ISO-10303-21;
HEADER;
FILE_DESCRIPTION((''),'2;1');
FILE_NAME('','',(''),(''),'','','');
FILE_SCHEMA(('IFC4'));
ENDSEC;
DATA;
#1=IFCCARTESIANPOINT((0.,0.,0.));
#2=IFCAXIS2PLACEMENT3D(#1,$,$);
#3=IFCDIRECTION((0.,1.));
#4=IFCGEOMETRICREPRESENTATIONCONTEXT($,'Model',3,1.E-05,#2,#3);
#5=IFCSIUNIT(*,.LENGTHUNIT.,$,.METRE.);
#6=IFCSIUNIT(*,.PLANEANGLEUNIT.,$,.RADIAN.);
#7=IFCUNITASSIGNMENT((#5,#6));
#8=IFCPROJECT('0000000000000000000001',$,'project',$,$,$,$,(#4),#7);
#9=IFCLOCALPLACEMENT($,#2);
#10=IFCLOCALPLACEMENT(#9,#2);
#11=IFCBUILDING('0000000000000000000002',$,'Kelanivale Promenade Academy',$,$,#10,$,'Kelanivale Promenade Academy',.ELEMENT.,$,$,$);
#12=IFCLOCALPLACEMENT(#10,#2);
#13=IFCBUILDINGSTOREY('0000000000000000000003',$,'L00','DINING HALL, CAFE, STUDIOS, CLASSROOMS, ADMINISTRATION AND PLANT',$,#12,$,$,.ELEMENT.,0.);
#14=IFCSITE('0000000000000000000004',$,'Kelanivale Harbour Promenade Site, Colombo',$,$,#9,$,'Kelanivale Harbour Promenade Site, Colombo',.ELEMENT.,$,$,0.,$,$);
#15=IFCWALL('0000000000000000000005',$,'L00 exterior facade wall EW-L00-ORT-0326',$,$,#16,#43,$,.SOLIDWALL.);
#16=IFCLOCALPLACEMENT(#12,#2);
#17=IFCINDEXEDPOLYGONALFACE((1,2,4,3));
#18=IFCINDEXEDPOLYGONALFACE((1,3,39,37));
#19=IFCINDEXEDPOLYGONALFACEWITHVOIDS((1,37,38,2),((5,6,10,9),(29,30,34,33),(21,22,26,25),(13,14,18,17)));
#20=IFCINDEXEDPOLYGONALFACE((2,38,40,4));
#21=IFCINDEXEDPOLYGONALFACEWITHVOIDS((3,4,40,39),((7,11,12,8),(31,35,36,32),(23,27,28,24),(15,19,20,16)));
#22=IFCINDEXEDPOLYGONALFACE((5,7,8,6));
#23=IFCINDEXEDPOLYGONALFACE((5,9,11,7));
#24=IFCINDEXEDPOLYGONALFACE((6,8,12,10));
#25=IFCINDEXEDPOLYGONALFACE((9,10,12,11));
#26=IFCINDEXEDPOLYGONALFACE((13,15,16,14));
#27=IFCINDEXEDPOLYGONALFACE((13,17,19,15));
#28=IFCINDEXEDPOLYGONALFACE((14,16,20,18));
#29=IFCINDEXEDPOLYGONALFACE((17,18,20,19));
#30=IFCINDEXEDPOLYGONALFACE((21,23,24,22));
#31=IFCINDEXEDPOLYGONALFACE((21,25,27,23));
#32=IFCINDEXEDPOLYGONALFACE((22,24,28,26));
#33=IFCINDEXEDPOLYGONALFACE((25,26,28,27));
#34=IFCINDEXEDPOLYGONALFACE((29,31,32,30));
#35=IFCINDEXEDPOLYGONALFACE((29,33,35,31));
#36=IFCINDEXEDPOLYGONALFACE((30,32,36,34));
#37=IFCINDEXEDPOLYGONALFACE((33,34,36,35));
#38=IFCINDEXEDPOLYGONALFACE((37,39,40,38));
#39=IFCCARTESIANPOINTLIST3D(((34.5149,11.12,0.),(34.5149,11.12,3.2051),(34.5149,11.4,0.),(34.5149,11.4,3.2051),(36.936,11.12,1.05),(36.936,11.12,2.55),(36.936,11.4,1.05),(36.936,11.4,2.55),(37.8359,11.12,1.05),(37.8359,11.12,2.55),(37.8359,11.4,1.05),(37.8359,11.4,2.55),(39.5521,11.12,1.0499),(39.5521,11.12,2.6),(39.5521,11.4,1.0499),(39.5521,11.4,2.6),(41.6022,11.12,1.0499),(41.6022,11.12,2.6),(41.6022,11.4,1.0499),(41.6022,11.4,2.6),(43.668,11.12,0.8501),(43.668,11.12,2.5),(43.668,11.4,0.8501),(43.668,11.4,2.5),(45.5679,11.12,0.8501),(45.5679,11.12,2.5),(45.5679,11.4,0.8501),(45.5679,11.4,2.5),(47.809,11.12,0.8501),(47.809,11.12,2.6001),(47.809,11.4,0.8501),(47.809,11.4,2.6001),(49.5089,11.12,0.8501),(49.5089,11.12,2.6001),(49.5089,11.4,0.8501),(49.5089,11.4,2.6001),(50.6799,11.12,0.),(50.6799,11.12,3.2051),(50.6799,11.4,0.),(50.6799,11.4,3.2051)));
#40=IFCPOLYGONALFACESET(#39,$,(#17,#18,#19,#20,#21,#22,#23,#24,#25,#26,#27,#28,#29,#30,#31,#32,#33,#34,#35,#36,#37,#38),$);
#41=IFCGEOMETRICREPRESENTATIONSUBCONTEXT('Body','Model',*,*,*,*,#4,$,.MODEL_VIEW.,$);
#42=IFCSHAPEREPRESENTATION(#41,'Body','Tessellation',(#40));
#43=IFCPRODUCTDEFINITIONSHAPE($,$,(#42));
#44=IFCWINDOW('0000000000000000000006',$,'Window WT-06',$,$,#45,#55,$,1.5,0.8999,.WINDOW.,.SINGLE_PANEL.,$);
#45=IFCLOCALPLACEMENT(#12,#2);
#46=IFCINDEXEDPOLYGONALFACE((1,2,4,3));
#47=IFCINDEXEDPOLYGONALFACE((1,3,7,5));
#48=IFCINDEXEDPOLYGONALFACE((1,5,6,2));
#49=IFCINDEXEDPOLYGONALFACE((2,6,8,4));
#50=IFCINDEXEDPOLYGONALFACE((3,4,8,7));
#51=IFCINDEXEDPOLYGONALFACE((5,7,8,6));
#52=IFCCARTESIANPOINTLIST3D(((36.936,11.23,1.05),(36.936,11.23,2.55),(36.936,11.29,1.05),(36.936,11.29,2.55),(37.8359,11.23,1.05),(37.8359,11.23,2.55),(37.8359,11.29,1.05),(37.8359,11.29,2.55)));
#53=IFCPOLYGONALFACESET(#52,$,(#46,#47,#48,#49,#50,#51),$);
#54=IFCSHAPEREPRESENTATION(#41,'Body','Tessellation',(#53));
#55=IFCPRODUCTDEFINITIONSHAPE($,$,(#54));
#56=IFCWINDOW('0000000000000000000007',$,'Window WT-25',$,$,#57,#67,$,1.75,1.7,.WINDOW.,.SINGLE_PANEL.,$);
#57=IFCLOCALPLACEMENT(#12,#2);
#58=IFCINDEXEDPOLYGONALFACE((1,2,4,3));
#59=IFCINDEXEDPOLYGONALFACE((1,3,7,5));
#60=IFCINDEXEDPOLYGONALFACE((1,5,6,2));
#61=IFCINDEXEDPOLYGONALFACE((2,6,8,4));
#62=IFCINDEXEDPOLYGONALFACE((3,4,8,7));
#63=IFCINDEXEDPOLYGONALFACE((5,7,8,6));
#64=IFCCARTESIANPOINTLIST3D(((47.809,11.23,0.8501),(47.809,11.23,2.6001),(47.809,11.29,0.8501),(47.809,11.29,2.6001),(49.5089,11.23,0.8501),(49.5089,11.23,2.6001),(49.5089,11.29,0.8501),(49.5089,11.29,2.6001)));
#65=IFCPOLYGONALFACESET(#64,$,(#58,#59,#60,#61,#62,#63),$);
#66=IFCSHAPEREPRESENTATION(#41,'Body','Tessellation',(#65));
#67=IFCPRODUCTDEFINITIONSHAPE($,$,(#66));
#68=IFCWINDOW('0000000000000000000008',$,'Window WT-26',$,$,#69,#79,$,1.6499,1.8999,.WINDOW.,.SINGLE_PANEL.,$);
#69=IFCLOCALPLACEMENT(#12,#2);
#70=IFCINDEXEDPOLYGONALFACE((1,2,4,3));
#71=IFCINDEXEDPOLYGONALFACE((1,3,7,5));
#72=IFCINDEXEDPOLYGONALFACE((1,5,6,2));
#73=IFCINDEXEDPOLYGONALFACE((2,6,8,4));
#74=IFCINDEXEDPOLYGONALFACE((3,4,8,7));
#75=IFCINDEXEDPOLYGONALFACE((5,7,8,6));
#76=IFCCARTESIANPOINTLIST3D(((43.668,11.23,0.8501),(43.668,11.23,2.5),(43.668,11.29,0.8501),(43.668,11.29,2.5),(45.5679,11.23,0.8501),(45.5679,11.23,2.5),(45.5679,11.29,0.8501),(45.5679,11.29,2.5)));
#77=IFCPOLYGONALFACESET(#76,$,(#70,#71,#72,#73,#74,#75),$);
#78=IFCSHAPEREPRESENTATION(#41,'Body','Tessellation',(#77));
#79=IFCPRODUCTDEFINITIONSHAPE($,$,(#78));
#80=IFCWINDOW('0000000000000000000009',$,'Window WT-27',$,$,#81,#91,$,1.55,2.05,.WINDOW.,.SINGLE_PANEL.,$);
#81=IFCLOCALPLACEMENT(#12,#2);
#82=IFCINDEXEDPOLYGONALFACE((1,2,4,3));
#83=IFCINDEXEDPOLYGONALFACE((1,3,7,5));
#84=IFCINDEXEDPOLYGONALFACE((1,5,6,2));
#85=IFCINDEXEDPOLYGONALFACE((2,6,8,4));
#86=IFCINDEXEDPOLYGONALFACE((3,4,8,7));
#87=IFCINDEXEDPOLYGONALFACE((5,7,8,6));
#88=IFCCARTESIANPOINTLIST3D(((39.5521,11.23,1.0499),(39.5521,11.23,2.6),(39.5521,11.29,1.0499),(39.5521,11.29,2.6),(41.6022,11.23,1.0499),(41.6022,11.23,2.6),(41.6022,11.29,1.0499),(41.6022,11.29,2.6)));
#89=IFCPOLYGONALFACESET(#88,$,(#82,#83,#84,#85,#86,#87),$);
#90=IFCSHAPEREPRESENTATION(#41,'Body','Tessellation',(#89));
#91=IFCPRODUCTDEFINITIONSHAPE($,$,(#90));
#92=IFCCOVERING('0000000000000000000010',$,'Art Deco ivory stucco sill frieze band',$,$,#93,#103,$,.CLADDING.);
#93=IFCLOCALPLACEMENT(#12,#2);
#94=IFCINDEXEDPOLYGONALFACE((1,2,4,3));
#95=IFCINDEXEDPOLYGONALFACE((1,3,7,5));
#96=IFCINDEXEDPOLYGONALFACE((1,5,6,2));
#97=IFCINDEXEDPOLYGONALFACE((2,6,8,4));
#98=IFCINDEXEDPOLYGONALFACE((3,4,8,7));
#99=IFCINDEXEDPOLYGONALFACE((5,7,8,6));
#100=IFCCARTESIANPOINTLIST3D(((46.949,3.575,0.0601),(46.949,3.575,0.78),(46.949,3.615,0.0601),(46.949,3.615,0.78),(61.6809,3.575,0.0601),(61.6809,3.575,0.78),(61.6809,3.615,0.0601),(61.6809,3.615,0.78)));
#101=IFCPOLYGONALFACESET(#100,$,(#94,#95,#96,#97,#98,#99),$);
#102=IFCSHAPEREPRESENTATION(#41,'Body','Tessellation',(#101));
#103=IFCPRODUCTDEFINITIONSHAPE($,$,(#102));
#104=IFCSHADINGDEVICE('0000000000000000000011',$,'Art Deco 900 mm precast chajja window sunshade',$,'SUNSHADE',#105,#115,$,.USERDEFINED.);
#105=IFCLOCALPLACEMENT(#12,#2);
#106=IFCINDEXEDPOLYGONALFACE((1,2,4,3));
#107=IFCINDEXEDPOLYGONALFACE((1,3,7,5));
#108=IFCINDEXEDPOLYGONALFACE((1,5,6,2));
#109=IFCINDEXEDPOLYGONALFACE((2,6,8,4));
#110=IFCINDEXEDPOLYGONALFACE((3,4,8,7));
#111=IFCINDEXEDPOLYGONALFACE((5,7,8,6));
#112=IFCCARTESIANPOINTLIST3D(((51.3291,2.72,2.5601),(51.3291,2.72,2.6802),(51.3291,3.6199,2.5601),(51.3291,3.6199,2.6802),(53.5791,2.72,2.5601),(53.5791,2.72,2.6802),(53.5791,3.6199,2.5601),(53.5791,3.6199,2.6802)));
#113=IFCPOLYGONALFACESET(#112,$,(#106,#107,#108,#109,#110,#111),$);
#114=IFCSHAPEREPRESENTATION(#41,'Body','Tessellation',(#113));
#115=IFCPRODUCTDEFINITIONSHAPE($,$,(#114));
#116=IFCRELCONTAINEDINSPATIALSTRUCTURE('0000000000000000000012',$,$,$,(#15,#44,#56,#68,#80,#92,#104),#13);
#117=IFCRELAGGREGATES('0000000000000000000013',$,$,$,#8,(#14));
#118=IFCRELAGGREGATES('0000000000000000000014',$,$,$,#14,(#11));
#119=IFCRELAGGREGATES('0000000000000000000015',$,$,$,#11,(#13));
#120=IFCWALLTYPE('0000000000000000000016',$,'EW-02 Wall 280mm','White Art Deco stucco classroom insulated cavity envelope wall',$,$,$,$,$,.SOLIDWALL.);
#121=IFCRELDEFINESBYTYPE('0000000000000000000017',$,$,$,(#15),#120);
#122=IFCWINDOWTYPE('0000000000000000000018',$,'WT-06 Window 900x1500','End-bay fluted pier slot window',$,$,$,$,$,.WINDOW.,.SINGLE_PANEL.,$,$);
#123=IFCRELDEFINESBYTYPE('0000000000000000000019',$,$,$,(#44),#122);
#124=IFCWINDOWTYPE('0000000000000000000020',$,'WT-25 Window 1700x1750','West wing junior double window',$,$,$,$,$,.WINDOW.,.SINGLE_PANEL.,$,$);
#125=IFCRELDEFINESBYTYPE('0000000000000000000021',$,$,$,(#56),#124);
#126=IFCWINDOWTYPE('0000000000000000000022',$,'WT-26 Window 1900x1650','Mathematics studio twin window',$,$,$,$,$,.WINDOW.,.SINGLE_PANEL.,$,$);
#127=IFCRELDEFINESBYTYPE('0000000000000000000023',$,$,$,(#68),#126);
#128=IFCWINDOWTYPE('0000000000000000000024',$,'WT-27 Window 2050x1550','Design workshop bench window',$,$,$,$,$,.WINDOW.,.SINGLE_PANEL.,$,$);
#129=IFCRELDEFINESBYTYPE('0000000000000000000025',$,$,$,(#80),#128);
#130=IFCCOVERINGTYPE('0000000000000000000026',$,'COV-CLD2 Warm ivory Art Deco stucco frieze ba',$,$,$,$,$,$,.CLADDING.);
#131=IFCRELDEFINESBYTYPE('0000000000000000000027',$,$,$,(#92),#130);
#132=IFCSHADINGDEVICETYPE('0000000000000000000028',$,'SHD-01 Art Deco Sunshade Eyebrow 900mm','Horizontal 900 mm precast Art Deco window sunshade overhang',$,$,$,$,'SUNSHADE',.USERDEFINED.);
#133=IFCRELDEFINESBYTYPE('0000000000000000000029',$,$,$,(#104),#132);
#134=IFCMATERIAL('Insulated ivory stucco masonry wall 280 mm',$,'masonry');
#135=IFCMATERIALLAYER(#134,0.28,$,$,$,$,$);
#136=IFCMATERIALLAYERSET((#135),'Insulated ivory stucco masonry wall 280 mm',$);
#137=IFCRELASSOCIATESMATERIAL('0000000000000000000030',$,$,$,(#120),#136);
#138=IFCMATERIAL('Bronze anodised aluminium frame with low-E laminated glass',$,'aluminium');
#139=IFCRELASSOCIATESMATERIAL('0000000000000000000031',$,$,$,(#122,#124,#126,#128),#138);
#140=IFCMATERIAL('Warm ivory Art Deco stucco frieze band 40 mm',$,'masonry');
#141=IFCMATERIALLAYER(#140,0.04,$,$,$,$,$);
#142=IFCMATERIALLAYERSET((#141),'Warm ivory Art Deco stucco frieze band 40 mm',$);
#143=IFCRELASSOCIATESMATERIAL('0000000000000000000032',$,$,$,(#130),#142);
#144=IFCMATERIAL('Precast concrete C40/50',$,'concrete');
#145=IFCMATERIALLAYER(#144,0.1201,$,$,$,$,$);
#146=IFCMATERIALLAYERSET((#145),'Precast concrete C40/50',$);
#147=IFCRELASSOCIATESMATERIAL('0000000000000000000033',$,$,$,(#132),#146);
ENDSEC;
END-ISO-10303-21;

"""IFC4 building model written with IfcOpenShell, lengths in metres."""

from ifc_helpers import new_model, si_unit, direction, frame, frame_2d, origin, origin_2d, place, context, subcontext, project, spatial, rectangle, extrude, material, layer, layer_set, type_object, element, fill, save


model = new_model("IFC4")

# Units and contexts
model_context = context("Model", 3, precision=1e-05, world=origin(), true_north=direction((0.0, 1.0)))
body_context = subcontext(model_context, "Body", "Model", "MODEL_VIEW")
ifc_project = project(units=[si_unit("LENGTHUNIT", "METRE"), si_unit("PLANEANGLEUNIT", "RADIAN")], contexts=[model_context])

# Site, building, storey
site_placement = place(None, origin())
site = spatial("IfcSite", under=ifc_project, at=site_placement, Name="Kelanivale Harbour Promenade Site, Colombo", LongName="Kelanivale Harbour Promenade Site, Colombo", CompositionType="ELEMENT", RefElevation=0.0)
building_placement = place(site_placement, origin())
building = spatial("IfcBuilding", under=site, at=building_placement, Name="Kelanivale Promenade Academy", LongName="Kelanivale Promenade Academy", CompositionType="ELEMENT")
storey_placement = place(building_placement, origin())
storey = spatial("IfcBuildingStorey", under=building, at=storey_placement, Name="L00", Description="DINING HALL, CAFE, STUDIOS, CLASSROOMS, ADMINISTRATION AND PLANT", CompositionType="ELEMENT", Elevation=0.0)

# Wall, openings, windows
ifc_material_1 = material(Name="Insulated ivory stucco masonry wall 280 mm", Category="masonry")
ifc_layer_1 = layer(ifc_material_1, 0.28)
ifc_layer_set_1 = layer_set([ifc_layer_1], Name="Insulated ivory stucco masonry wall 280 mm")
wall_type = type_object("IfcWallType", Name="EW-02 Wall 280mm", Description="White Art Deco stucco classroom insulated cavity envelope wall", PredefinedType="SOLIDWALL", material=ifc_layer_set_1)
wall_placement = place(storey_placement, frame((50.6799, 11.26, 0.0), z_axis=(0.0, 0.0, 1.0), x_axis=(-1.0, 0.0, 0.0)))
wall = element("IfcWall", 1, at=wall_placement, inside=storey, type_object=wall_type, Name="L00 exterior facade wall EW-L00-ORT-0326", PredefinedType="SOLIDWALL", context=body_context, shape_type="SweptSolid", body=[
    extrude(rectangle(XDim=16.165, YDim=0.28, at=frame_2d((8.0825, 0.0))), origin(), (0.0, 0.0, 1.0), 3.2051),
])
opening_1_placement = place(wall_placement, frame((1.1709, 0.0, 0.8501)))
opening_1 = element("IfcOpeningElement", 2, at=opening_1_placement, cuts=wall, PredefinedType="OPENING", context=body_context, shape_type="SweptSolid", body=[
    extrude(rectangle(XDim=1.7, YDim=1.75, at=frame_2d((0.8501, 0.875))), frame((0.0, 0.1499, 0.0), z_axis=(0.0, -1.0, 0.0), x_axis=(1.0, 0.0, 0.0)), (0.0, 0.0, 1.0), 0.3),
])
opening_2_placement = place(wall_placement, frame((5.1121, 0.0, 0.8501)))
opening_2 = element("IfcOpeningElement", 3, at=opening_2_placement, cuts=wall, PredefinedType="OPENING", context=body_context, shape_type="SweptSolid", body=[
    extrude(rectangle(XDim=1.8999, YDim=1.6499, at=frame_2d((0.95, 0.825))), frame((0.0, 0.1499, 0.0), z_axis=(0.0, -1.0, 0.0), x_axis=(1.0, 0.0, 0.0)), (0.0, 0.0, 1.0), 0.3),
])
opening_3_placement = place(wall_placement, frame((9.0779, 0.0, 1.05)))
opening_3 = element("IfcOpeningElement", 4, at=opening_3_placement, cuts=wall, PredefinedType="OPENING", context=body_context, shape_type="SweptSolid", body=[
    extrude(rectangle(XDim=2.05, YDim=1.55, at=frame_2d((1.0249, 0.7749))), frame((0.0, 0.1499, 0.0), z_axis=(0.0, -1.0, 0.0), x_axis=(1.0, 0.0, 0.0)), (0.0, 0.0, 1.0), 0.3),
])
opening_4_placement = place(wall_placement, frame((12.844, 0.0, 1.05)))
opening_4 = element("IfcOpeningElement", 5, at=opening_4_placement, cuts=wall, PredefinedType="OPENING", context=body_context, shape_type="SweptSolid", body=[
    extrude(rectangle(XDim=0.8999, YDim=1.5, at=frame_2d((0.45, 0.75))), frame((0.0, 0.1499, 0.0), z_axis=(0.0, -1.0, 0.0), x_axis=(1.0, 0.0, 0.0)), (0.0, 0.0, 1.0), 0.3),
])
ifc_material_2 = material(Name="Bronze anodised aluminium frame with low-E laminated glass", Category="aluminium")
window_type_1 = type_object("IfcWindowType", Name="WT-06 Window 900x1500", Description="End-bay fluted pier slot window", PartitioningType="SINGLE_PANEL", PredefinedType="WINDOW", material=ifc_material_2)
window_1_placement = place(opening_4_placement, origin())
window_1 = element("IfcWindow", 6, at=window_1_placement, inside=storey, type_object=window_type_1, Name="Window WT-06", OverallHeight=1.5, OverallWidth=0.8999, PartitioningType="SINGLE_PANEL", PredefinedType="WINDOW", context=body_context, shape_type="SweptSolid", body=[
    extrude(rectangle(XDim=0.8999, YDim=1.5, at=frame_2d((0.45, 0.75))), frame((0.0, 0.03, 0.0), z_axis=(0.0, -1.0, 0.0), x_axis=(1.0, 0.0, 0.0)), (0.0, 0.0, 1.0), 0.0601),
])
fill(opening_4, window_1)
window_type_2 = type_object("IfcWindowType", Name="WT-25 Window 1700x1750", Description="West wing junior double window", PartitioningType="SINGLE_PANEL", PredefinedType="WINDOW", material=ifc_material_2)
window_2_placement = place(opening_1_placement, origin())
window_2 = element("IfcWindow", 7, at=window_2_placement, inside=storey, type_object=window_type_2, Name="Window WT-25", OverallHeight=1.75, OverallWidth=1.7, PartitioningType="SINGLE_PANEL", PredefinedType="WINDOW", context=body_context, shape_type="SweptSolid", body=[
    extrude(rectangle(XDim=1.7, YDim=1.75, at=frame_2d((0.8501, 0.875))), frame((0.0, 0.03, 0.0), z_axis=(0.0, -1.0, 0.0), x_axis=(1.0, 0.0, 0.0)), (0.0, 0.0, 1.0), 0.0601),
])
fill(opening_1, window_2)
window_type_3 = type_object("IfcWindowType", Name="WT-26 Window 1900x1650", Description="Mathematics studio twin window", PartitioningType="SINGLE_PANEL", PredefinedType="WINDOW", material=ifc_material_2)
window_3_placement = place(opening_2_placement, origin())
window_3 = element("IfcWindow", 8, at=window_3_placement, inside=storey, type_object=window_type_3, Name="Window WT-26", OverallHeight=1.6499, OverallWidth=1.8999, PartitioningType="SINGLE_PANEL", PredefinedType="WINDOW", context=body_context, shape_type="SweptSolid", body=[
    extrude(rectangle(XDim=1.8999, YDim=1.6499, at=frame_2d((0.95, 0.825))), frame((0.0, 0.03, 0.0), z_axis=(0.0, -1.0, 0.0), x_axis=(1.0, 0.0, 0.0)), (0.0, 0.0, 1.0), 0.0601),
])
fill(opening_2, window_3)
window_type_4 = type_object("IfcWindowType", Name="WT-27 Window 2050x1550", Description="Design workshop bench window", PartitioningType="SINGLE_PANEL", PredefinedType="WINDOW", material=ifc_material_2)
window_4_placement = place(opening_3_placement, origin())
window_4 = element("IfcWindow", 9, at=window_4_placement, inside=storey, type_object=window_type_4, Name="Window WT-27", OverallHeight=1.55, OverallWidth=2.05, PartitioningType="SINGLE_PANEL", PredefinedType="WINDOW", context=body_context, shape_type="SweptSolid", body=[
    extrude(rectangle(XDim=2.05, YDim=1.55, at=frame_2d((1.0249, 0.7749))), frame((0.0, 0.03, 0.0), z_axis=(0.0, -1.0, 0.0), x_axis=(1.0, 0.0, 0.0)), (0.0, 0.0, 1.0), 0.0601),
])
fill(opening_3, window_4)

# Covering
ifc_material_3 = material(Name="Warm ivory Art Deco stucco frieze band 40 mm", Category="masonry")
ifc_layer_2 = layer(ifc_material_3, 0.04)
ifc_layer_set_2 = layer_set([ifc_layer_2], Name="Warm ivory Art Deco stucco frieze band 40 mm")
covering_type = type_object("IfcCoveringType", Name="COV-CLD2 Warm ivory Art Deco stucco frieze ba", PredefinedType="CLADDING", material=ifc_layer_set_2)
covering_placement = place(storey_placement, frame((54.3149, 3.595, 0.0601), z_axis=(0.0, 0.0, 1.0), x_axis=(1.0, 0.0, 0.0)))
element("IfcCovering", 10, at=covering_placement, inside=storey, type_object=covering_type, Name="Art Deco ivory stucco sill frieze band", PredefinedType="CLADDING", context=body_context, shape_type="SweptSolid", body=[
    extrude(rectangle(XDim=14.7319, YDim=0.04, at=origin_2d()), origin(), (0.0, 0.0, 1.0), 0.72),
])

# Shading device
ifc_material_4 = material(Name="Precast concrete C40/50", Category="concrete")
ifc_layer_3 = layer(ifc_material_4, 0.1201)
ifc_layer_set_3 = layer_set([ifc_layer_3], Name="Precast concrete C40/50")
shading_device_type = type_object("IfcShadingDeviceType", Name="SHD-01 Art Deco Sunshade Eyebrow 900mm", Description="Horizontal 900 mm precast Art Deco window sunshade overhang", ElementType="SUNSHADE", PredefinedType="USERDEFINED", material=ifc_layer_set_3)
shading_device_placement = place(storey_placement, frame((52.4541, 3.1699, 2.5601), z_axis=(0.0, 0.0, 1.0), x_axis=(1.0, 0.0, 0.0)))
element("IfcShadingDevice", 11, at=shading_device_placement, inside=storey, type_object=shading_device_type, Name="Art Deco 900 mm precast chajja window sunshade", ObjectType="SUNSHADE", PredefinedType="USERDEFINED", context=body_context, shape_type="SweptSolid", body=[
    extrude(rectangle(XDim=2.25, YDim=0.8999, at=origin_2d()), origin(), (0.0, 0.0, 1.0), 0.1201),
])

save(model, "model.ifc")
